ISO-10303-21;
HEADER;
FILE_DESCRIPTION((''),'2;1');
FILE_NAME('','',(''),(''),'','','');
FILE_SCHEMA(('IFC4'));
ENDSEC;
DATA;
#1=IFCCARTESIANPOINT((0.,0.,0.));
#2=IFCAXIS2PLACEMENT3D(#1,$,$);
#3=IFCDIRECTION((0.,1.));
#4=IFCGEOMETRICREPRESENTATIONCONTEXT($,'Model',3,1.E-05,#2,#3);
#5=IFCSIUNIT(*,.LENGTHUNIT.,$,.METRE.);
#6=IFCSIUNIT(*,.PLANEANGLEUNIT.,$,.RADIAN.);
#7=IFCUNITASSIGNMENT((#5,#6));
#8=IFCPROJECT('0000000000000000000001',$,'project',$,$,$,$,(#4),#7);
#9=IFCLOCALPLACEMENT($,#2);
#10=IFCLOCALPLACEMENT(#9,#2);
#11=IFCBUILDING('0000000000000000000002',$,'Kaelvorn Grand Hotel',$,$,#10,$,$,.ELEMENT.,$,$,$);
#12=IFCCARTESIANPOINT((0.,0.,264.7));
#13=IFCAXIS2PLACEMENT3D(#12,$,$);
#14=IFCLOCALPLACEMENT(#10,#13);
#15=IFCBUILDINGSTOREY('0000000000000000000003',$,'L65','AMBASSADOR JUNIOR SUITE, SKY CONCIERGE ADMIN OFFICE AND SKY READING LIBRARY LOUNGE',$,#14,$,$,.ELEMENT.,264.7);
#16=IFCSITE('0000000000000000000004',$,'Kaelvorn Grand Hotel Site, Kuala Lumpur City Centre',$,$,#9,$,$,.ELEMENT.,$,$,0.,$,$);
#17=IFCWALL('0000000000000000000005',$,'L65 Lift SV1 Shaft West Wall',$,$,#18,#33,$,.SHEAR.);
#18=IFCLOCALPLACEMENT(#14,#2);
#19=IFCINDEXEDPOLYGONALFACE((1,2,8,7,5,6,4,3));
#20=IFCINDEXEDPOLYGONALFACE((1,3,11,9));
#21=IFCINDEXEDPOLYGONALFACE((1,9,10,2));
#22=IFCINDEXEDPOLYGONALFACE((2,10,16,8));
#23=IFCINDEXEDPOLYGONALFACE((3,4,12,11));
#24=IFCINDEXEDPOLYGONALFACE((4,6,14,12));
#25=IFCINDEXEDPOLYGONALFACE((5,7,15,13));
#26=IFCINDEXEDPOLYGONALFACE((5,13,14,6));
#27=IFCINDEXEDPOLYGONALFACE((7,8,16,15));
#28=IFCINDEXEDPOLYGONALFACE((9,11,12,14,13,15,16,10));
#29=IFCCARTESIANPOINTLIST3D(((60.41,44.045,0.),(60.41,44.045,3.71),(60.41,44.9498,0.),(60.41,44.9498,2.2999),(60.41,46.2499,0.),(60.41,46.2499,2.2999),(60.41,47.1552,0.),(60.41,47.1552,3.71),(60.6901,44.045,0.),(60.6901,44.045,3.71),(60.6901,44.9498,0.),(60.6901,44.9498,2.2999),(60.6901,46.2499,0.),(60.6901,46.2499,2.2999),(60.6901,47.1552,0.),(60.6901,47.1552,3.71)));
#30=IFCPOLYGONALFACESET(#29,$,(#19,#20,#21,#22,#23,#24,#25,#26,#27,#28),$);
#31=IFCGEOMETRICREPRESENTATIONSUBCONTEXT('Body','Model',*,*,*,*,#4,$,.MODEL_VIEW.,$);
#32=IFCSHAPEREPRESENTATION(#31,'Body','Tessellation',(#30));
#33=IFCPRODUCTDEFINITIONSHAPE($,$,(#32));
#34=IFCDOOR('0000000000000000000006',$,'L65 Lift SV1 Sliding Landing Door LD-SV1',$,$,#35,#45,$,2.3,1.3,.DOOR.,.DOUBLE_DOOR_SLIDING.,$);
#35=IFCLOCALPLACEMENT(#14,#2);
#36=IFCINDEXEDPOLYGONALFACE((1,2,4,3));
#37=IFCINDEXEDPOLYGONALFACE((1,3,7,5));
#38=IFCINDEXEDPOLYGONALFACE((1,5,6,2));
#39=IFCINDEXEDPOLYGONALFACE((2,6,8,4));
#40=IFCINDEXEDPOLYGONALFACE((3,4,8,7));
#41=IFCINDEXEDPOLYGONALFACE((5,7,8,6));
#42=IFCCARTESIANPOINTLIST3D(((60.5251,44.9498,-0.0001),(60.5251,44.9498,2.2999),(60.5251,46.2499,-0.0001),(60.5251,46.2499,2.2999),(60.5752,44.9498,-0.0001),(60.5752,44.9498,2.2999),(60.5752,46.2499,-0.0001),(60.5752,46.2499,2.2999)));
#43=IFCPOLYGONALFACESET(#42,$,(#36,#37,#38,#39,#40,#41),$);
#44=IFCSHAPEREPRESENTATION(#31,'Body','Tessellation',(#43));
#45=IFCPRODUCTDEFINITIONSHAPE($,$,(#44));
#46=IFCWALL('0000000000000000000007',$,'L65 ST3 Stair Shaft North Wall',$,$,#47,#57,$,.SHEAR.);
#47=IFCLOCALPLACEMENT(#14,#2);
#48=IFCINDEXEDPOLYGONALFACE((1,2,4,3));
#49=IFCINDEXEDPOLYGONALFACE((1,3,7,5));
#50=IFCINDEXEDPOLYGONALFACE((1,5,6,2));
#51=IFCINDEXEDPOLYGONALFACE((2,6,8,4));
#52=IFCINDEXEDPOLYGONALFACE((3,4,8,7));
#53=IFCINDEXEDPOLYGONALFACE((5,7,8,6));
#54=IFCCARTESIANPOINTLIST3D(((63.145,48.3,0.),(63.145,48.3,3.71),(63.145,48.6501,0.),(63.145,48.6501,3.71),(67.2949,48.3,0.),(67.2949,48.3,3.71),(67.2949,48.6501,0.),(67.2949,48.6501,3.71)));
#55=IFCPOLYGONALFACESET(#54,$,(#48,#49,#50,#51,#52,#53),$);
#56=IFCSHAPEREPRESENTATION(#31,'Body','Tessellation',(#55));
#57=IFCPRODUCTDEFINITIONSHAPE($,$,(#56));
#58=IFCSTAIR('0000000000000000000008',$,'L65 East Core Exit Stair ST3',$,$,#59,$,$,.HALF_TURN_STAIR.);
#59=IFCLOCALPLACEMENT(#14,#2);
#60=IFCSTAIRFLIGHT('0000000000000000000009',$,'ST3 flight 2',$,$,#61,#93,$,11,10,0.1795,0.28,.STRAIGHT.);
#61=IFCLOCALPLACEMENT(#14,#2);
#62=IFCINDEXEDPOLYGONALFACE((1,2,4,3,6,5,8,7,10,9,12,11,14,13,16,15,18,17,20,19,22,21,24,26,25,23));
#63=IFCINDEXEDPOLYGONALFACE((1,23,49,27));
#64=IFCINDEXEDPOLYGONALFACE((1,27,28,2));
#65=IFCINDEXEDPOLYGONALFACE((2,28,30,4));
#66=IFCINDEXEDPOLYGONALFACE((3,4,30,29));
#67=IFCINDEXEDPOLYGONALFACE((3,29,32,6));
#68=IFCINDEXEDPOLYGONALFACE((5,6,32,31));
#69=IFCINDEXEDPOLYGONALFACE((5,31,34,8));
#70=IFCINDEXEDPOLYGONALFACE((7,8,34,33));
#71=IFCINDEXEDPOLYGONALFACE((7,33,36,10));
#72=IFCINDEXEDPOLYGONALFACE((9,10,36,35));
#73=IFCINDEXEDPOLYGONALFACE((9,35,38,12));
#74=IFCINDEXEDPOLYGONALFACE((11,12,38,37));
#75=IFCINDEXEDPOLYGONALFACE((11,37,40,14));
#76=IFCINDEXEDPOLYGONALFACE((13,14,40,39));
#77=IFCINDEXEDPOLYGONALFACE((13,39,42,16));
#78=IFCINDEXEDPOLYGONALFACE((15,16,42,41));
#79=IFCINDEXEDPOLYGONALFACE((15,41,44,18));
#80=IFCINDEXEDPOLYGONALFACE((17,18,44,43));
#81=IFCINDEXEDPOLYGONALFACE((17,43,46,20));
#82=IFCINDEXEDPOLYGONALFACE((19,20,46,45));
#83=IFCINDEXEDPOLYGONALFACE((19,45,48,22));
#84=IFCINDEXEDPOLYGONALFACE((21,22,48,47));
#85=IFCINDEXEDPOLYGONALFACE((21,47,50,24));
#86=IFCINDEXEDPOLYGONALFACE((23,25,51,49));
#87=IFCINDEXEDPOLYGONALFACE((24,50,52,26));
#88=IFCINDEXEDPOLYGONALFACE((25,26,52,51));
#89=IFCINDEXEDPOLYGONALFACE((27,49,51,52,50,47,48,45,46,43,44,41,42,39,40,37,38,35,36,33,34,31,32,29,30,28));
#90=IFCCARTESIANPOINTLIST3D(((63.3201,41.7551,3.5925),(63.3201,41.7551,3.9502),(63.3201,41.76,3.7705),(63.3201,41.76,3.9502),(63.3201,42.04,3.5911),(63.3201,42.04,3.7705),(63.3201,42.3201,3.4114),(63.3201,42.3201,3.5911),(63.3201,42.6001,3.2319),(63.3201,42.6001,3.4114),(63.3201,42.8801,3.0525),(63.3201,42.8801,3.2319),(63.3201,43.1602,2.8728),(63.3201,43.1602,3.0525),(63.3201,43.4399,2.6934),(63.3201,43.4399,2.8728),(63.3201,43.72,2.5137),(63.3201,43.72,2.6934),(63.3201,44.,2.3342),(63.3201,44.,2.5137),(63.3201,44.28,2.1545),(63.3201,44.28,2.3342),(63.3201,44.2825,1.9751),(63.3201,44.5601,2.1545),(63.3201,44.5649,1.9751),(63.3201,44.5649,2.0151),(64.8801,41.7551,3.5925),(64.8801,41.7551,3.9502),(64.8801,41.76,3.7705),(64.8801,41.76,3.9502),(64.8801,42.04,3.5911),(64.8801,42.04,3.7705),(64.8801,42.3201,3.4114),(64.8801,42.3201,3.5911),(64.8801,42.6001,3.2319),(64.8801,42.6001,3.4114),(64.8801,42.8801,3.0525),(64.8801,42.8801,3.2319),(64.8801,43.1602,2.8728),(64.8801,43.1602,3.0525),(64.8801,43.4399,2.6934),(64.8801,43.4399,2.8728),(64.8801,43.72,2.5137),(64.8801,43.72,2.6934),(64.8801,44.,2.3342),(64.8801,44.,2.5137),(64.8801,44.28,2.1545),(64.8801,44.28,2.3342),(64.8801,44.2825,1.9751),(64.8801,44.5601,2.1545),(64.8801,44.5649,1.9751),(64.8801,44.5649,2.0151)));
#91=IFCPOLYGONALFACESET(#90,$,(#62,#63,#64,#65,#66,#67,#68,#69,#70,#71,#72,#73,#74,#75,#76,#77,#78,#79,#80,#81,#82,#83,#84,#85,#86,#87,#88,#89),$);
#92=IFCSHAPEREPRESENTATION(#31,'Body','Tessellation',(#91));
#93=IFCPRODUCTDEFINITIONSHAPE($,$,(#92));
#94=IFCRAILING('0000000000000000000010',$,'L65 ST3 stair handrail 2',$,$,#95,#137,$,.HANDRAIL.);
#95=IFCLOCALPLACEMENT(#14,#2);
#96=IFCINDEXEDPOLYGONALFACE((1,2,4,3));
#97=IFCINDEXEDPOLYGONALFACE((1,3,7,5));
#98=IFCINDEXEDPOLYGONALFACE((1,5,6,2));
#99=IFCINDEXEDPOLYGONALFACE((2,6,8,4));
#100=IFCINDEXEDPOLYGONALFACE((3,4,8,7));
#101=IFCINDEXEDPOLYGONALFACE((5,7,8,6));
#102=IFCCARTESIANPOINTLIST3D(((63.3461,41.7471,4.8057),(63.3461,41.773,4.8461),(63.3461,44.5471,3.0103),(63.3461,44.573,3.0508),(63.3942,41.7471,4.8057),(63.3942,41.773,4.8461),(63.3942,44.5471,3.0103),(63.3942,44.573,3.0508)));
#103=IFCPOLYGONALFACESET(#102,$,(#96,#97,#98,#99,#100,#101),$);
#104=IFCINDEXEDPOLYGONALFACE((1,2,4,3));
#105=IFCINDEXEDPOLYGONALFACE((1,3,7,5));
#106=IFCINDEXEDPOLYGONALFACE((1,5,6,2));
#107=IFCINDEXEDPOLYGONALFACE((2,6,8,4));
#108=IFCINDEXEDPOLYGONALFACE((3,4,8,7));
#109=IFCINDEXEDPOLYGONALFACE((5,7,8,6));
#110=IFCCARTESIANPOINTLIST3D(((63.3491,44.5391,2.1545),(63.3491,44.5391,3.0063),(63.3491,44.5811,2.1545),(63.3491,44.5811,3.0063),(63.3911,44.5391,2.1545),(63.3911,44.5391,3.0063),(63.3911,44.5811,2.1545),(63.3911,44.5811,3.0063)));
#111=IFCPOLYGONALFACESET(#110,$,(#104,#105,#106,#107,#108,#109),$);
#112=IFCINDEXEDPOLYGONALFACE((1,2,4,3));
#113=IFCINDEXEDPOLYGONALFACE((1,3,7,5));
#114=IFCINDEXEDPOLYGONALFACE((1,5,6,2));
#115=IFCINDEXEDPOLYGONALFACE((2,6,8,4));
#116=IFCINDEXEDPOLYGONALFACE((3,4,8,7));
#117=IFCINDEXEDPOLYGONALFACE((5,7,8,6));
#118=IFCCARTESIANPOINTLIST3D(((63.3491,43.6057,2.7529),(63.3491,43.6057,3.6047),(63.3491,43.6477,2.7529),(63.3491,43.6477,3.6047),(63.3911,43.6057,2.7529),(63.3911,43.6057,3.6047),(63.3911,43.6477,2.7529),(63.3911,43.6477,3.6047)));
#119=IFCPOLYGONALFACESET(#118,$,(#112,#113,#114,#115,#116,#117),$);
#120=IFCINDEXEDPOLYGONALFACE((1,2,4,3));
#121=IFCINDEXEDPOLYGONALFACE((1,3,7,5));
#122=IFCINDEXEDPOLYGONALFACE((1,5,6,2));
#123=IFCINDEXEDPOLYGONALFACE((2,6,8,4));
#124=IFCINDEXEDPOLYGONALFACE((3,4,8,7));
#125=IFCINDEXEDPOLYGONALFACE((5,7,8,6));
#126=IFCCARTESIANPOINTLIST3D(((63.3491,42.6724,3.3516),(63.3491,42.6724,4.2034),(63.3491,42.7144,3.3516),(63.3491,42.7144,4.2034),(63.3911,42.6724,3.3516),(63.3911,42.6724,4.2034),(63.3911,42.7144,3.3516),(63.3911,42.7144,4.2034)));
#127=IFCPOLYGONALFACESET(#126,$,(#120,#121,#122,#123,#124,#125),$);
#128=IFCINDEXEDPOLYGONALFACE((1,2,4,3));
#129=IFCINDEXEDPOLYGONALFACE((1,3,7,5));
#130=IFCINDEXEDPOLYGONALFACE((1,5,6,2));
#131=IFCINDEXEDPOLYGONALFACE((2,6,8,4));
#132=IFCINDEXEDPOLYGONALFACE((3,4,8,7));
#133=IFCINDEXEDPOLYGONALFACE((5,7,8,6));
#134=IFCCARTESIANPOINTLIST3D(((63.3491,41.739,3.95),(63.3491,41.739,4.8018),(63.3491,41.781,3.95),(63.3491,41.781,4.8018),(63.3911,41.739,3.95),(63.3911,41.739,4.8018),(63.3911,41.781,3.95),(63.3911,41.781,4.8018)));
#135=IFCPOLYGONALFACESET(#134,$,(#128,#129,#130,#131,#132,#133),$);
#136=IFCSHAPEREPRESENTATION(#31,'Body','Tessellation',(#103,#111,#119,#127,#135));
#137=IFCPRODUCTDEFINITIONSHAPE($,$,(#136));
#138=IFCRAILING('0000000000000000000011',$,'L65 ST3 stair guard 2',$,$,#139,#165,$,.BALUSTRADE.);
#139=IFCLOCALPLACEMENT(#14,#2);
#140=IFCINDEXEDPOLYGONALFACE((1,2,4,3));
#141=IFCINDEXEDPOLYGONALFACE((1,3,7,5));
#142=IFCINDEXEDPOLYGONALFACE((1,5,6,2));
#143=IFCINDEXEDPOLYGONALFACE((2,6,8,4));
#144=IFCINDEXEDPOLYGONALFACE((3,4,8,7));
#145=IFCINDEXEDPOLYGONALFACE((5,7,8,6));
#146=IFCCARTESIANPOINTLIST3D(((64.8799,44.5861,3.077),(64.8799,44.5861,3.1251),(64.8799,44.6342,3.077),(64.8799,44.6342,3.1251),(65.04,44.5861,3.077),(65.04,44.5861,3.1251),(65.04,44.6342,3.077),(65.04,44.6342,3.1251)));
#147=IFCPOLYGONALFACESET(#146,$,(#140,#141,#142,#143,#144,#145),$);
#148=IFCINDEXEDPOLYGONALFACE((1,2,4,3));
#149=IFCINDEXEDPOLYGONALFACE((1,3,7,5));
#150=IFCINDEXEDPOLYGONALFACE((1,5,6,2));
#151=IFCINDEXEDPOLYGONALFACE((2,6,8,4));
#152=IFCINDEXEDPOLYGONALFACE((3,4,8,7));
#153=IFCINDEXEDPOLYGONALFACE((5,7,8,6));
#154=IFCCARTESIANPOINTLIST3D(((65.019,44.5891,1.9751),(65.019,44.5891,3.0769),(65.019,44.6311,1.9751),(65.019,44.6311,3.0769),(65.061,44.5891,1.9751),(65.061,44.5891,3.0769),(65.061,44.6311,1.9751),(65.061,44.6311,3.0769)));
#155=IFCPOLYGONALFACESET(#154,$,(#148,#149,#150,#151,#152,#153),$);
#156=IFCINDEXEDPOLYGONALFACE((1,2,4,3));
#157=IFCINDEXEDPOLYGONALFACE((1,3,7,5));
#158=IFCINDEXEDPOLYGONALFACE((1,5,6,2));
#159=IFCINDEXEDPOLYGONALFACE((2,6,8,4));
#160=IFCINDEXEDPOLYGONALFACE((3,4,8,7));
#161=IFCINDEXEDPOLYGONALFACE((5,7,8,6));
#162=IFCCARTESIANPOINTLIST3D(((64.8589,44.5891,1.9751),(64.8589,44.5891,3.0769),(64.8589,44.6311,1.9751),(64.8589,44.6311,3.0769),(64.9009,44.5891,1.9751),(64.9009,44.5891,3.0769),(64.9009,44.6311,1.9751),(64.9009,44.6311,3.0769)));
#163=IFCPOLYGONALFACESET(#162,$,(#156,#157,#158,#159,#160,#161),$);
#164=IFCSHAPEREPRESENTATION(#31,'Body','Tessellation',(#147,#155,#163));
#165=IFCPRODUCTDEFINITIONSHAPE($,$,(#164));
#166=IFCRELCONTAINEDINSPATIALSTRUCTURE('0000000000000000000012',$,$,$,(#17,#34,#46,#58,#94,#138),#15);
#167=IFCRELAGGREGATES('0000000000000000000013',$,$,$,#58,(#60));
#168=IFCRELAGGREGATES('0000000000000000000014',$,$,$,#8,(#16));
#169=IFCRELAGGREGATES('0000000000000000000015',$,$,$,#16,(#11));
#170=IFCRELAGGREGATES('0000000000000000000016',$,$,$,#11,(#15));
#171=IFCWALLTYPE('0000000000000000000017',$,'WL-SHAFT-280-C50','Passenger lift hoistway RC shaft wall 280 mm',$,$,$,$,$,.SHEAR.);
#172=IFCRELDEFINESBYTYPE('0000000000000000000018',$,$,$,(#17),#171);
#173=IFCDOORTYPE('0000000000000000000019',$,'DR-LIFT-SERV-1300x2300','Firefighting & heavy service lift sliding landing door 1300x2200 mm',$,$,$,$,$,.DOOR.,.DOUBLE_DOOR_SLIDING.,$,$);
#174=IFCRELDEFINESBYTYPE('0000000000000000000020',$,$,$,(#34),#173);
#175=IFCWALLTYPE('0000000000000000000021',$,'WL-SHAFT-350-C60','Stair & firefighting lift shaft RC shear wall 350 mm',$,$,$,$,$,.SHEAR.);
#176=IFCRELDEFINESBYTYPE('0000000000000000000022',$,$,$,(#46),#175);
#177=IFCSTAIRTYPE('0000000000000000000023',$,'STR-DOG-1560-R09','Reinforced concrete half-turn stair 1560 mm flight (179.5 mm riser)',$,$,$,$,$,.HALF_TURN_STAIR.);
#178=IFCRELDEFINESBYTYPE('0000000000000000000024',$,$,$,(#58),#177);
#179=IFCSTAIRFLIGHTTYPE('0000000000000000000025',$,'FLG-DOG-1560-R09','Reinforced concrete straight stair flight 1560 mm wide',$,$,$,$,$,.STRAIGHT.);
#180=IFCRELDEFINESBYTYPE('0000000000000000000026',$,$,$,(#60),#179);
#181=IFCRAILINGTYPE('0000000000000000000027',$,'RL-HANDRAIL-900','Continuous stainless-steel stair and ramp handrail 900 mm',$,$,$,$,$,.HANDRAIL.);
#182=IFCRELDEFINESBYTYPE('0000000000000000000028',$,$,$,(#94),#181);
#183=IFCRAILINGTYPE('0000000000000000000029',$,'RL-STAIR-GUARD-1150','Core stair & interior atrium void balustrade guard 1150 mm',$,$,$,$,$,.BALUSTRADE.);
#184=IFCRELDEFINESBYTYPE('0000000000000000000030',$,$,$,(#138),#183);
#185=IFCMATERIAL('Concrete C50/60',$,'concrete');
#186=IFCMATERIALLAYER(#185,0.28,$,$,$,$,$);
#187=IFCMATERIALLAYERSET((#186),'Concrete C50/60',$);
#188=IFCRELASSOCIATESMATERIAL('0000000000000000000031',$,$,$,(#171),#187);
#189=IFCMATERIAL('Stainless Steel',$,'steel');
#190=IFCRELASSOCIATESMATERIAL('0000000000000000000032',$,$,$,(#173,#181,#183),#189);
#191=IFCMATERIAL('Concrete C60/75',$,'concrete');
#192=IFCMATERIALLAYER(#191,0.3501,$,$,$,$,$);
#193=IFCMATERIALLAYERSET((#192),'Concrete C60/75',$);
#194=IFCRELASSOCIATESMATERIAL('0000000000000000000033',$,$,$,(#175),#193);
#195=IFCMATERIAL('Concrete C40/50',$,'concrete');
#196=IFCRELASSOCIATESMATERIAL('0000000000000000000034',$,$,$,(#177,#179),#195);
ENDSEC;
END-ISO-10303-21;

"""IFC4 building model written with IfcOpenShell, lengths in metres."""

from ifc_helpers import new_model, si_unit, direction, frame, frame_2d, origin, origin_2d, place, context, subcontext, project, spatial, polyline, rectangle, outline, extrude, material, layer, layer_set, type_object, element, fill, aggregate, save


model = new_model("IFC4")

# Units and contexts
model_context = context("Model", 3, precision=1e-05, world=origin(), true_north=direction((0.0, 1.0)))
body_context = subcontext(model_context, "Body", "Model", "MODEL_VIEW")
ifc_project = project(units=[si_unit("LENGTHUNIT", "METRE"), si_unit("PLANEANGLEUNIT", "RADIAN")], contexts=[model_context])

# Site, building, storey
site_placement = place(None, origin())
site = spatial("IfcSite", under=ifc_project, at=site_placement, Name="Kaelvorn Grand Hotel Site, Kuala Lumpur City Centre", CompositionType="ELEMENT", RefElevation=0.0)
building_placement = place(site_placement, origin())
building = spatial("IfcBuilding", under=site, at=building_placement, Name="Kaelvorn Grand Hotel", CompositionType="ELEMENT")
storey_placement = place(building_placement, frame((0.0, 0.0, 264.7)))
storey = spatial("IfcBuildingStorey", under=building, at=storey_placement, Name="L65", Description="AMBASSADOR JUNIOR SUITE, SKY CONCIERGE ADMIN OFFICE AND SKY READING LIBRARY LOUNGE", CompositionType="ELEMENT", Elevation=264.7)

# Shared definitions
ifc_material_1 = material(Name="Concrete C60/75", Category="concrete")
ifc_material_2 = material(Name="Concrete C50/60", Category="concrete")

# Shared definitions
ifc_material_3 = material(Name="Concrete C40/50", Category="concrete")

# Shared definitions
ifc_layer_1 = layer(ifc_material_2, 0.28)
ifc_layer_set_1 = layer_set([ifc_layer_1], Name="Concrete C50/60")
wall_type_1 = type_object("IfcWallType", Name="WL-SHAFT-280-C50", Description="Passenger lift hoistway RC shaft wall 280 mm", PredefinedType="SHEAR", material=ifc_layer_set_1)

# Wall, opening, door
wall_1_placement = place(storey_placement, frame((60.55, 44.0449, 0.0), z_axis=(0.0, 0.0, 1.0), x_axis=(0.0, 1.0, 0.0)))
wall_1 = element("IfcWall", 1, at=wall_1_placement, inside=storey, type_object=wall_type_1, Name="L65 Lift SV1 Shaft West Wall", PredefinedType="SHEAR", context=body_context, shape_type="SweptSolid", body=[
    extrude(rectangle(XDim=3.1101, YDim=0.28, at=frame_2d((1.5552, 0.0))), origin(), (0.0, 0.0, 1.0), 3.71),
])
opening_1_placement = place(wall_1_placement, frame((0.905, 0.0, 0.0)))
opening_1 = element("IfcOpeningElement", 2, at=opening_1_placement, cuts=wall_1, PredefinedType="OPENING", context=body_context, shape_type="SweptSolid", body=[
    extrude(rectangle(XDim=1.3, YDim=2.3, at=frame_2d((0.6499, 1.1499))), frame((0.0, 0.1499, 0.0), z_axis=(0.0, -1.0, 0.0), x_axis=(1.0, 0.0, 0.0)), (0.0, 0.0, 1.0), 0.3),
])
ifc_material_4 = material(Name="Stainless Steel", Category="steel")
door_type = type_object("IfcDoorType", Name="DR-LIFT-SERV-1300x2300", Description="Firefighting & heavy service lift sliding landing door 1300x2200 mm", OperationType="DOUBLE_DOOR_SLIDING", PredefinedType="DOOR", material=ifc_material_4)
door_placement = place(opening_1_placement, origin())
door = element("IfcDoor", 3, at=door_placement, inside=storey, type_object=door_type, Name="L65 Lift SV1 Sliding Landing Door LD-SV1", OperationType="DOUBLE_DOOR_SLIDING", OverallHeight=2.3, OverallWidth=1.3, PredefinedType="DOOR", context=body_context, shape_type="SweptSolid", body=[
    extrude(rectangle(XDim=1.3, YDim=2.3, at=frame_2d((0.6499, 1.1499))), frame((0.0, 0.0249, 0.0), z_axis=(0.0, -1.0, 0.0), x_axis=(1.0, 0.0, 0.0)), (0.0, 0.0, 1.0), 0.05),
])
fill(opening_1, door)

# Wall
ifc_layer_2 = layer(ifc_material_1, 0.3501)
ifc_layer_set_2 = layer_set([ifc_layer_2], Name="Concrete C60/75")
wall_type_2 = type_object("IfcWallType", Name="WL-SHAFT-350-C60", Description="Stair & firefighting lift shaft RC shear wall 350 mm", PredefinedType="SHEAR", material=ifc_layer_set_2)
wall_2_placement = place(storey_placement, frame((63.145, 48.4751, 0.0), z_axis=(0.0, 0.0, 1.0), x_axis=(1.0, 0.0, 0.0)))
element("IfcWall", 4, at=wall_2_placement, inside=storey, type_object=wall_type_2, Name="L65 ST3 Stair Shaft North Wall", PredefinedType="SHEAR", context=body_context, shape_type="SweptSolid", body=[
    extrude(rectangle(XDim=4.1499, YDim=0.3501, at=frame_2d((2.075, 0.0))), origin(), (0.0, 0.0, 1.0), 3.71),
])

# Stair, stair flight
stair_type = type_object("IfcStairType", Name="STR-DOG-1560-R09", Description="Reinforced concrete half-turn stair 1560 mm flight (179.5 mm riser)", PredefinedType="HALF_TURN_STAIR", material=ifc_material_3)
stair_placement = place(storey_placement, origin())
stair = element("IfcStair", 5, at=stair_placement, inside=storey, type_object=stair_type, Name="L65 East Core Exit Stair ST3", PredefinedType="HALF_TURN_STAIR")
stair_flight_type = type_object("IfcStairFlightType", Name="FLG-DOG-1560-R09", Description="Reinforced concrete straight stair flight 1560 mm wide", PredefinedType="STRAIGHT", material=ifc_material_3)
stair_flight_placement = place(storey_placement, frame((64.1001, 44.5601, 1.9751), z_axis=(0.0, 0.0, 1.0), x_axis=(0.0, -1.0, 0.0)))
stair_flight = element("IfcStairFlight", 6, at=stair_flight_placement, type_object=stair_flight_type, Name="ST3 flight 2", NumberOfRisers=11, NumberOfTreads=10, PredefinedType="STRAIGHT", RiserHeight=0.1795, TreadLength=0.28, context=body_context, shape_type="SweptSolid", body=[
    extrude(outline(polyline([(-0.0049, 0.0), (-0.0049, 0.04), (0.0, 0.1794), (0.28, 0.1794), (0.28, 0.3591), (0.5601, 0.3591), (0.5601, 0.5386), (0.8401, 0.5386), (0.8401, 0.7183), (1.1201, 0.7183), (1.1201, 0.8977), (1.3999, 0.8977), (1.3999, 1.0774), (1.6799, 1.0774), (1.6799, 1.2568), (1.96, 1.2568), (1.96, 1.4363), (2.24, 1.4363), (2.24, 1.616), (2.52, 1.616), (2.52, 1.7954), (2.8, 1.7954), (2.8, 1.9751), (2.8049, 1.9751), (2.8049, 1.6174), (0.2776, 0.0), (-0.0049, 0.0)])), frame((0.0, 0.78, 0.0), z_axis=(0.0, -1.0, 0.0), x_axis=(1.0, 0.0, 0.0)), (0.0, 0.0, 1.0), 1.5601),
])
aggregate(stair, [stair_flight])

# Railings
railing_type_1 = type_object("IfcRailingType", Name="RL-HANDRAIL-900", Description="Continuous stainless-steel stair and ramp handrail 900 mm", PredefinedType="HANDRAIL", material=ifc_material_4)
railing_1_placement = place(storey_placement, frame((63.3701, 44.5601, 2.1545)))
element("IfcRailing", 7, at=railing_1_placement, inside=storey, type_object=railing_type_1, Name="L65 ST3 stair handrail 2", PredefinedType="HANDRAIL", context=body_context, shape_type="SweptSolid", body=[
    extrude(rectangle(XDim=0.0481, YDim=0.0481, at=origin_2d()), frame((0.0, 0.0, 0.876), z_axis=(0.0, -0.84181, 0.539774), x_axis=(1.0, 0.0, 0.0)), (0.0, 0.0, 1.0), 3.3262),
    extrude(rectangle(XDim=0.042, YDim=0.042, at=origin_2d()), origin(), (0.0, 0.0, 1.0), 0.8518),
    extrude(rectangle(XDim=0.042, YDim=0.042, at=origin_2d()), frame((0.0, -0.9333, 0.5984)), (0.0, 0.0, 1.0), 0.8518),
    extrude(rectangle(XDim=0.042, YDim=0.042, at=origin_2d()), frame((0.0, -1.8667, 1.197)), (0.0, 0.0, 1.0), 0.8518),
    extrude(rectangle(XDim=0.042, YDim=0.042, at=origin_2d()), frame((0.0, -2.8, 1.7954)), (0.0, 0.0, 1.0), 0.8518),
])
railing_type_2 = type_object("IfcRailingType", Name="RL-STAIR-GUARD-1150", Description="Core stair & interior atrium void balustrade guard 1150 mm", PredefinedType="BALUSTRADE", material=ifc_material_4)
railing_2_placement = place(storey_placement, frame((65.04, 44.6101, 1.9751)))
element("IfcRailing", 8, at=railing_2_placement, inside=storey, type_object=railing_type_2, Name="L65 ST3 stair guard 2", PredefinedType="BALUSTRADE", context=body_context, shape_type="SweptSolid", body=[
    extrude(rectangle(XDim=0.0481, YDim=0.0481, at=origin_2d()), frame((0.0, 0.0, 1.126), z_axis=(-1.0, 0.0, 0.0), x_axis=(0.0, -1.0, 0.0)), (0.0, 0.0, 1.0), 0.1602),
    extrude(rectangle(XDim=0.042, YDim=0.042, at=origin_2d()), origin(), (0.0, 0.0, 1.0), 1.1018),
    extrude(rectangle(XDim=0.042, YDim=0.042, at=origin_2d()), frame((-0.1602, 0.0, 0.0)), (0.0, 0.0, 1.0), 1.1018),
])

save(model, "model.ifc")
